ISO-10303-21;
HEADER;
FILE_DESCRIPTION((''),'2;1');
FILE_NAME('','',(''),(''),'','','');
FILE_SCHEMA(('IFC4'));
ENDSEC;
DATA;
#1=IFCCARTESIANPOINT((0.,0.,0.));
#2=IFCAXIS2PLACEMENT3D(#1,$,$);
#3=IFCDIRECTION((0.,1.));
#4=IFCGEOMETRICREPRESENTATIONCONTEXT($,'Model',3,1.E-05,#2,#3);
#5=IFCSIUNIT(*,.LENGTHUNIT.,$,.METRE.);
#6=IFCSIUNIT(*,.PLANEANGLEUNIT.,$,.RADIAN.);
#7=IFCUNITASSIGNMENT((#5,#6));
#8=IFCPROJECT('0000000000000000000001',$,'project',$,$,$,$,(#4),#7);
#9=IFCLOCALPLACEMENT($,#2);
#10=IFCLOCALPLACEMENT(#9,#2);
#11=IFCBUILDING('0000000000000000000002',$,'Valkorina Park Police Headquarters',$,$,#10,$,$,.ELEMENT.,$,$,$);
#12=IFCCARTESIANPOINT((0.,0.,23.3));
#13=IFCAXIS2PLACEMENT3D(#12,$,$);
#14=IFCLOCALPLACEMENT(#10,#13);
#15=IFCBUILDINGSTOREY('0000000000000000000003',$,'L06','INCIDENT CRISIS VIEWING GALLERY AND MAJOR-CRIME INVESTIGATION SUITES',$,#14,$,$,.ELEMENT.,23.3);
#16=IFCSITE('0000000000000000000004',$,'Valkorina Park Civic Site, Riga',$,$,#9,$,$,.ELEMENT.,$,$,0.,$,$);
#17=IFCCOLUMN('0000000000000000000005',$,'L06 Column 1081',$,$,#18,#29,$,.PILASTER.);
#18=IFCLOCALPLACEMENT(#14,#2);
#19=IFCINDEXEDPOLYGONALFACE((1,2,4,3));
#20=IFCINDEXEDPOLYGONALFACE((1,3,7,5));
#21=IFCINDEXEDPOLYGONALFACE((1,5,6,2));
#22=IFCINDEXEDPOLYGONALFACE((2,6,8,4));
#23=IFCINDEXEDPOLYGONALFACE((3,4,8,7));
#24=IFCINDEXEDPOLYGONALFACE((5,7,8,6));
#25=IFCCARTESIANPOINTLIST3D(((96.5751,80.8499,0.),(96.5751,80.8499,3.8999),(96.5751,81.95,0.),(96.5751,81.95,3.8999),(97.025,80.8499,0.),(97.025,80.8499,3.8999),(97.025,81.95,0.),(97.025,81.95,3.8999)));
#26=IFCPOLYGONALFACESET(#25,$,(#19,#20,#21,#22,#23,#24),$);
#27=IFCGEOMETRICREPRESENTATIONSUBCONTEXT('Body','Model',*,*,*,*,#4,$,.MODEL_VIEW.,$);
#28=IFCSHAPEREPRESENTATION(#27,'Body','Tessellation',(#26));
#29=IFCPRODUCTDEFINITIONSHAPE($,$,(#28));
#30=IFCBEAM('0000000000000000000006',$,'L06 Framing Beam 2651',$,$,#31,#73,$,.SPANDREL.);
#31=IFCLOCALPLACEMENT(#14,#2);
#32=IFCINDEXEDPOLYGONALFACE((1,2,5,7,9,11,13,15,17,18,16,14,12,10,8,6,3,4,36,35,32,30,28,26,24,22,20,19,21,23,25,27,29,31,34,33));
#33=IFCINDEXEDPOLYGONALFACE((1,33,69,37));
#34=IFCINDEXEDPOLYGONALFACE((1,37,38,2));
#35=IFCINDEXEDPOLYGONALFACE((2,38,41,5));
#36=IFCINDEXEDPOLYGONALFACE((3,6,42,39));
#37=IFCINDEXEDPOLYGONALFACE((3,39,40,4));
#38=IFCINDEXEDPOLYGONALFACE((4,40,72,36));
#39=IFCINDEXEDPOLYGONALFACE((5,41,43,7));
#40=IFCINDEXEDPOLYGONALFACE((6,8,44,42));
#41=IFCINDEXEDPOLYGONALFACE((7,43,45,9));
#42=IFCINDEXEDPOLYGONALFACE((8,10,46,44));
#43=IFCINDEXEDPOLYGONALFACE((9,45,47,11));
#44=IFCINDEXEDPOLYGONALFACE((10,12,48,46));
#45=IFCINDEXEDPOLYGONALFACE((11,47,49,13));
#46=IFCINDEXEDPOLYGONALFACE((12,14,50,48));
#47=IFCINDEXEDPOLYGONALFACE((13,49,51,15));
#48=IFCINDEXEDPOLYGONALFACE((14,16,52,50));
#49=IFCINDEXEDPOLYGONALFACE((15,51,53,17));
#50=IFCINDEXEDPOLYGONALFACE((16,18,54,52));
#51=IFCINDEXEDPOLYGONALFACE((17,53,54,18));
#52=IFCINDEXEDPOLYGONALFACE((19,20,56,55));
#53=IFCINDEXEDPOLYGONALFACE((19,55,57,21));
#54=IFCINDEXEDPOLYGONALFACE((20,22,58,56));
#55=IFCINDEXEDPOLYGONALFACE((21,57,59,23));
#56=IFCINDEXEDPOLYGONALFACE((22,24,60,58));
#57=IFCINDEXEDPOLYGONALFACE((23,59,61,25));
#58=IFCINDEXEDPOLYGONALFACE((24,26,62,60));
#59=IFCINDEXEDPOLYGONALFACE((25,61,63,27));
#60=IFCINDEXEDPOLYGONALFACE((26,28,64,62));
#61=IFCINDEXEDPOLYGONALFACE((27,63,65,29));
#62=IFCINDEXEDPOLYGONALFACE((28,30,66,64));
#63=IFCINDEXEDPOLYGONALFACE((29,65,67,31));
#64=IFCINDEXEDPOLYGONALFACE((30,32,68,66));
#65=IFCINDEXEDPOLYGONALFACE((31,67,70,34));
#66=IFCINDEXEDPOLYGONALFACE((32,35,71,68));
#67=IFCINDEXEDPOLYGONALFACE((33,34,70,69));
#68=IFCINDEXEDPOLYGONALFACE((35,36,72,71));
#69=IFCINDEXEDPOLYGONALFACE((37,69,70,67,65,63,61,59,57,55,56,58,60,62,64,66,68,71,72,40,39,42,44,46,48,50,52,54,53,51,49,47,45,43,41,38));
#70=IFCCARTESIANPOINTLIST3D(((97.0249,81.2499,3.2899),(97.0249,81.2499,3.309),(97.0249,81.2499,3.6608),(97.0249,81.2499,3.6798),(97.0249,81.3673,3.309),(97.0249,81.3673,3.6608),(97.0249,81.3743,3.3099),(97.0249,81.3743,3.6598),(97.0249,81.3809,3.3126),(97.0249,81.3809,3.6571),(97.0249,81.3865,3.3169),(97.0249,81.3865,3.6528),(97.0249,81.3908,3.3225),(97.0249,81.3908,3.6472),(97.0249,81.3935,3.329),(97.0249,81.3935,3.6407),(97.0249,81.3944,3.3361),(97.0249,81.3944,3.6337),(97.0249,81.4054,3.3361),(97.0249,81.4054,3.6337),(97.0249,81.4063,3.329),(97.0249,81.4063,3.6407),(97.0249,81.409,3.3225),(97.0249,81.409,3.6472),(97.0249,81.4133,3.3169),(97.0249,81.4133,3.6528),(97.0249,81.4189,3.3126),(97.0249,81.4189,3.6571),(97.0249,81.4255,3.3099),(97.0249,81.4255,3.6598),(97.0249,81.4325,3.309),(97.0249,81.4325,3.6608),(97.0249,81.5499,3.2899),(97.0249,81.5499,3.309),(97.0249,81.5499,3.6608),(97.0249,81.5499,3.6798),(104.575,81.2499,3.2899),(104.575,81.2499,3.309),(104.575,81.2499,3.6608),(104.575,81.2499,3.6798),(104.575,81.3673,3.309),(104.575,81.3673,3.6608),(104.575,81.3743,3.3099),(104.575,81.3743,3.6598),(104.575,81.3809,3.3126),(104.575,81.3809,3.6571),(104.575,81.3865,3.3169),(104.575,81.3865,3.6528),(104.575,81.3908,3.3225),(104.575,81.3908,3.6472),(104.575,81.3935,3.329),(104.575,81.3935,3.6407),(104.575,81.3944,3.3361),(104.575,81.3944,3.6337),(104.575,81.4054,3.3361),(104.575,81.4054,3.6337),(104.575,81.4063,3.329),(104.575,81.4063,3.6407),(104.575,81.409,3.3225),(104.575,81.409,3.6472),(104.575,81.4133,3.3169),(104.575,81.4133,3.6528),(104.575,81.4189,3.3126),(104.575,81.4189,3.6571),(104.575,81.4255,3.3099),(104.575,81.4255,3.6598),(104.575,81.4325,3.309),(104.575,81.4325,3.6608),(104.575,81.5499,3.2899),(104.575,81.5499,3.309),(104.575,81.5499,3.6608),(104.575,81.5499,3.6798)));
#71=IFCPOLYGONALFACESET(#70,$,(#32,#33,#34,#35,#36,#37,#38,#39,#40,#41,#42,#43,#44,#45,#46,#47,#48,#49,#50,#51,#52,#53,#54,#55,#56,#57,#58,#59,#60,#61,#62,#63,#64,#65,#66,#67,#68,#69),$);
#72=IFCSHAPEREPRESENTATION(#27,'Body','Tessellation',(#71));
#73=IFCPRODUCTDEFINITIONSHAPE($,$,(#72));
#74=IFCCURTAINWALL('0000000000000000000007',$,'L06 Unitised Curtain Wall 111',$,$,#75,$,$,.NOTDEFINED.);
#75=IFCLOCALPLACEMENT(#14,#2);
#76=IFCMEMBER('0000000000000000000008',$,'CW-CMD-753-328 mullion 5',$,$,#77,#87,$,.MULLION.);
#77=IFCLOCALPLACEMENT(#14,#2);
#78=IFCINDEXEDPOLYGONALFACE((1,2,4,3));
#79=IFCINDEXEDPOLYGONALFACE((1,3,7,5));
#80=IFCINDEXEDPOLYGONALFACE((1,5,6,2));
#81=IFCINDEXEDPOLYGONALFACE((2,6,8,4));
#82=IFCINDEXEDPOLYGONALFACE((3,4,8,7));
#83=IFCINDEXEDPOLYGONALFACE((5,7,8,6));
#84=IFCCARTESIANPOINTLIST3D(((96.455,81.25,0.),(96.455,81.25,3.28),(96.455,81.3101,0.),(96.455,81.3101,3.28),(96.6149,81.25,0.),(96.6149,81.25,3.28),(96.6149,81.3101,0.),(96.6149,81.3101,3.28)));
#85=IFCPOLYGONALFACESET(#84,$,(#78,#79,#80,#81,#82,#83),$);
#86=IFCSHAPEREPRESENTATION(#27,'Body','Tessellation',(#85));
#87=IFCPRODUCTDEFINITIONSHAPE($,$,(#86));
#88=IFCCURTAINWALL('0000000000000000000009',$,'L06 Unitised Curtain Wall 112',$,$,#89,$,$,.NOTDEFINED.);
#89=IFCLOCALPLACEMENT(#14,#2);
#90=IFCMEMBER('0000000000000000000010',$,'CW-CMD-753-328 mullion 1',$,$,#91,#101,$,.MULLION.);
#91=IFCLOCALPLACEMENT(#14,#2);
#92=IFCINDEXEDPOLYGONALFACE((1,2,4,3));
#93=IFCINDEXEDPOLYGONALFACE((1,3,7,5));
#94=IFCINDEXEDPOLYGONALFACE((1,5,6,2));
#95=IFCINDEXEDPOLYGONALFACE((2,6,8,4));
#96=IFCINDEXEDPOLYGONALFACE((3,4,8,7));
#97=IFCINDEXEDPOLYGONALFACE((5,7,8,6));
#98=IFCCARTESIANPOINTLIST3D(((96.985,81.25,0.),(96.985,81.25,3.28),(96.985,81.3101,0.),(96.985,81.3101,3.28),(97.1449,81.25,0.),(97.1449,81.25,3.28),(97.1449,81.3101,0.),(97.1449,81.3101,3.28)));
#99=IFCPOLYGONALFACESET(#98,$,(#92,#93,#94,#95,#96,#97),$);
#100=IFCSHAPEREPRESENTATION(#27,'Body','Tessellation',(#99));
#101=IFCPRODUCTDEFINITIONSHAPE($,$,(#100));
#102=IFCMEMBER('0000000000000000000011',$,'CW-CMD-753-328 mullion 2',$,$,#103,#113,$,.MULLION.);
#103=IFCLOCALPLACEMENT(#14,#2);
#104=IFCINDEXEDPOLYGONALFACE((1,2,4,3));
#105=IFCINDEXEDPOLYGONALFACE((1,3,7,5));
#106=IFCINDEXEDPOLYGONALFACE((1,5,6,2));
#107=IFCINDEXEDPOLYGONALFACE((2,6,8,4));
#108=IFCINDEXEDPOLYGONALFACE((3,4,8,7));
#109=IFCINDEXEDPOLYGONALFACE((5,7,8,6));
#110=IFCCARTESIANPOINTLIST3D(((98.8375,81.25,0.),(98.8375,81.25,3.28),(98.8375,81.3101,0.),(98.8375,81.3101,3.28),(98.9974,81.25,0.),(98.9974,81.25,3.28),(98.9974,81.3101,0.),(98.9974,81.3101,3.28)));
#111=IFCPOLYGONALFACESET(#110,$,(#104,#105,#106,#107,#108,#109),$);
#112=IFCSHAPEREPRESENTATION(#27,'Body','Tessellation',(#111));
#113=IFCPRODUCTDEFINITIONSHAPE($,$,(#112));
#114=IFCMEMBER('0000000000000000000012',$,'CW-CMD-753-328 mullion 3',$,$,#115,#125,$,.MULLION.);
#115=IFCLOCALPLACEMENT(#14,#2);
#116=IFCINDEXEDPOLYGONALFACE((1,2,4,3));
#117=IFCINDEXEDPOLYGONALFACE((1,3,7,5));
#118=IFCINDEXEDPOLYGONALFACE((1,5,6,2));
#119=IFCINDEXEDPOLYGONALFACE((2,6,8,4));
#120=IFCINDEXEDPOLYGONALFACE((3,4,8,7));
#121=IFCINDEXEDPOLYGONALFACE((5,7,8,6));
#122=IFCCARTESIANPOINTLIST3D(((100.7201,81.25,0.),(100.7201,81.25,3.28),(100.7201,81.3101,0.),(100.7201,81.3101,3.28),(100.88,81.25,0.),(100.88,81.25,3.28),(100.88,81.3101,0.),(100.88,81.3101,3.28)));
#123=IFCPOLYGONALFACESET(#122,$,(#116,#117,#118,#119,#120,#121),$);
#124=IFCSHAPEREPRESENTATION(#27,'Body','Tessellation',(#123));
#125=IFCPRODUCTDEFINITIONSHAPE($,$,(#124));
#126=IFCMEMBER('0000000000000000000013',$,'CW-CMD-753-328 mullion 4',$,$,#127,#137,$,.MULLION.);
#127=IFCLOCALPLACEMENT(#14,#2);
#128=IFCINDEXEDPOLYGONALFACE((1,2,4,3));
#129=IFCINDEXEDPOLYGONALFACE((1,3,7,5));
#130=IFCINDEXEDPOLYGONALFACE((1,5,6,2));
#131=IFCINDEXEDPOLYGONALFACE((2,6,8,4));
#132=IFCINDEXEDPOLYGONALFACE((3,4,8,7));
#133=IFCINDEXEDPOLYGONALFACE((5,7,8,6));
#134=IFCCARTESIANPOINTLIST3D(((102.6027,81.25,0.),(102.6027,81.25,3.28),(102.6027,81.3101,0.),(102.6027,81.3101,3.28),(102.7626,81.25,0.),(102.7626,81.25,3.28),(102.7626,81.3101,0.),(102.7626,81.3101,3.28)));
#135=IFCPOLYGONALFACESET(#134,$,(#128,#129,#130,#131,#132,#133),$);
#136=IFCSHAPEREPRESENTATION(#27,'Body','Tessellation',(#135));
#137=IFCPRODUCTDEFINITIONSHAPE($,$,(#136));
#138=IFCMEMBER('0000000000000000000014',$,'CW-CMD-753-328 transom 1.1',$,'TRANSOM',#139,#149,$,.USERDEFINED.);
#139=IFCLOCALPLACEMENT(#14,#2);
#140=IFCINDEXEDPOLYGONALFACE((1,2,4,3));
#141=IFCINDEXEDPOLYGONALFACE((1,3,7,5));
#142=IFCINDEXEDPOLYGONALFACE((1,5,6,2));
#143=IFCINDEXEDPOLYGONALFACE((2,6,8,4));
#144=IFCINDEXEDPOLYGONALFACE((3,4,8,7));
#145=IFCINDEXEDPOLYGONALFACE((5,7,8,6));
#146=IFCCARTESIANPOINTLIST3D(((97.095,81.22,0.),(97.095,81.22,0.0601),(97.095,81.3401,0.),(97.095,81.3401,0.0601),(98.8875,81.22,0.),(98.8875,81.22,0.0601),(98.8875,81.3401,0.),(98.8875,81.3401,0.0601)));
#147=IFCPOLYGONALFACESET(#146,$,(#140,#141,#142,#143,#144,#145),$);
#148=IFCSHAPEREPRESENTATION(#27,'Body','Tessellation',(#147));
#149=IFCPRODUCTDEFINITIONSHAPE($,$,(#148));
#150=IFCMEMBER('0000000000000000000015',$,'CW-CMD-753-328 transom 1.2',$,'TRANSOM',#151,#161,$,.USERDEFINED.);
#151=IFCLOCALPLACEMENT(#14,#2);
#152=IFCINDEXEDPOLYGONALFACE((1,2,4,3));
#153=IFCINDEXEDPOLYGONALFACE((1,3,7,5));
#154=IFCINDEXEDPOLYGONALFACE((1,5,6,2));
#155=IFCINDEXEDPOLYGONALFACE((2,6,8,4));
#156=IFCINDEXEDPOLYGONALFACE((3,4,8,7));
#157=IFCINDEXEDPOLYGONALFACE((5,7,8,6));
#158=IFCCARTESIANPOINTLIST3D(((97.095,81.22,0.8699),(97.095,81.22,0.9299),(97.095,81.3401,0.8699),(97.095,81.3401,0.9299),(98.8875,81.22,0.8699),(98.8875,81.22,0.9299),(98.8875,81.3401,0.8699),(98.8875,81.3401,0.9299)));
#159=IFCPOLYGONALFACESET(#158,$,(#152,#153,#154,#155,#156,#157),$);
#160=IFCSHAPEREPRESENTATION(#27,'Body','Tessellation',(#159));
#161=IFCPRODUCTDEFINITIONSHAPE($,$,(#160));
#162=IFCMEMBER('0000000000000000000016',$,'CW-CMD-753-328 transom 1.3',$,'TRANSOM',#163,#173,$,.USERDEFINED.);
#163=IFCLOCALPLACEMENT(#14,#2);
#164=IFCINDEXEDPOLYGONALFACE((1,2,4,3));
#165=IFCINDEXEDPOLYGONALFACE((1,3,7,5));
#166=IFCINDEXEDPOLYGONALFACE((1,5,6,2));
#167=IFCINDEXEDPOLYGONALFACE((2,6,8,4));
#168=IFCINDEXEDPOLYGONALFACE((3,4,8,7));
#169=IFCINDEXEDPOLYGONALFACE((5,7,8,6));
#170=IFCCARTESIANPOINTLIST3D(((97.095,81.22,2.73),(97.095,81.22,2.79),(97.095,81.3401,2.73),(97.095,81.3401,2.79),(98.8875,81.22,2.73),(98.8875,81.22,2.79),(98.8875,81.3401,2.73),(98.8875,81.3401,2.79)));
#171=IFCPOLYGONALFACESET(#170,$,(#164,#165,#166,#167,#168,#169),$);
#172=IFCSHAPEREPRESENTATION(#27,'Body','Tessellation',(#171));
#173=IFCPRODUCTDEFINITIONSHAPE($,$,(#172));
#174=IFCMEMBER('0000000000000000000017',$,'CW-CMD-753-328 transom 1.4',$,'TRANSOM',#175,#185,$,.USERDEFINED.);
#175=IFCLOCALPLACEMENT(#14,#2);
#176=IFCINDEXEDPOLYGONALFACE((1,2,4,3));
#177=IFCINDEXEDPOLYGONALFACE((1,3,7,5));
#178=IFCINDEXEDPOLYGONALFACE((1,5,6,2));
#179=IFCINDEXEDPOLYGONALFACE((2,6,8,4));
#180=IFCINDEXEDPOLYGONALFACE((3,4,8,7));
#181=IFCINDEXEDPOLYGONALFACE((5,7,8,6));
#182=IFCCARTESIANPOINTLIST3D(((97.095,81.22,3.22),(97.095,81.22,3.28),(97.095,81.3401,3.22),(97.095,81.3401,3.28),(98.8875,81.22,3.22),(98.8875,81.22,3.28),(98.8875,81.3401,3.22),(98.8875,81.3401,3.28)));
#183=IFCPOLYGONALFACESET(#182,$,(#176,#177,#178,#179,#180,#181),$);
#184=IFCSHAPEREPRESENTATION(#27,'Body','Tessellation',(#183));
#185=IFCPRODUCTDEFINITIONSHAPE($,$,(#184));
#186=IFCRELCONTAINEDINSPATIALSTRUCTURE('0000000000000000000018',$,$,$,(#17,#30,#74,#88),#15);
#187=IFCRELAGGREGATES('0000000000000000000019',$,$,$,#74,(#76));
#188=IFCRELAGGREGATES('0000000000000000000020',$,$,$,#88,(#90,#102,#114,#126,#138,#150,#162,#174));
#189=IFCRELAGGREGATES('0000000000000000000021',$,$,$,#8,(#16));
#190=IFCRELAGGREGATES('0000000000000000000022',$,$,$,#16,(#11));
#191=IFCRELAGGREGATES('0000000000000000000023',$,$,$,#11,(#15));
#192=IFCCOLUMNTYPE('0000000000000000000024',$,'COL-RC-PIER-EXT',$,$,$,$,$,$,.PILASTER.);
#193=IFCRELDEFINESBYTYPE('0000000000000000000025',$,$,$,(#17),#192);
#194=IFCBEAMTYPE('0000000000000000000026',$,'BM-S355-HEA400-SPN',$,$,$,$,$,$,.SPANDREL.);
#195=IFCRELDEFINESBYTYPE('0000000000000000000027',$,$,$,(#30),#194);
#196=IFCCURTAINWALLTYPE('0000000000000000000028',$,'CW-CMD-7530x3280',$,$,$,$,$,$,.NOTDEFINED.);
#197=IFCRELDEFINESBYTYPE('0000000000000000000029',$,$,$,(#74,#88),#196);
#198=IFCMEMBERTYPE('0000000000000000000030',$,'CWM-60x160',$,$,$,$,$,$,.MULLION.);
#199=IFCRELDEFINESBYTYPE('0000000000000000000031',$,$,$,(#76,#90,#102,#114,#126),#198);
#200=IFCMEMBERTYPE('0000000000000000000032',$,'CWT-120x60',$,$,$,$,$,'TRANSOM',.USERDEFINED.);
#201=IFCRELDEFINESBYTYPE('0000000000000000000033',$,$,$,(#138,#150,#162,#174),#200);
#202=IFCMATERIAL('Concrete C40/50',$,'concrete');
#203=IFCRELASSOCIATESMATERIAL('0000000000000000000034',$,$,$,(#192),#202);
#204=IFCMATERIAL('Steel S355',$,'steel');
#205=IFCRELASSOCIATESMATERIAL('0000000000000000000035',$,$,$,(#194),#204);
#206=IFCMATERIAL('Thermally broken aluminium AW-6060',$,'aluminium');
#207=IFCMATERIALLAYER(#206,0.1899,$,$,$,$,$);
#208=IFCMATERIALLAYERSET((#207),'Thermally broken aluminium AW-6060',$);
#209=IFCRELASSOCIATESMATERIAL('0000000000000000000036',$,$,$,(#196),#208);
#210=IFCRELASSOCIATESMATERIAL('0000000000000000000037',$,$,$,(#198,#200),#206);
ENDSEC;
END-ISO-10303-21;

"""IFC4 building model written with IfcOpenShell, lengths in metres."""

from ifc_helpers import new_model, si_unit, direction, frame, origin, origin_2d, place, context, subcontext, project, spatial, rectangle, i_section, extrude, material, layer, layer_set, material_profile, profile_set, type_object, element, aggregate, save


model = new_model("IFC4")

# Units and contexts
model_context = context("Model", 3, precision=1e-05, world=origin(), true_north=direction((0.0, 1.0)))
body_context = subcontext(model_context, "Body", "Model", "MODEL_VIEW")
ifc_project = project(units=[si_unit("LENGTHUNIT", "METRE"), si_unit("PLANEANGLEUNIT", "RADIAN")], contexts=[model_context])

# Site, building, storey
site_placement = place(None, origin())
site = spatial("IfcSite", under=ifc_project, at=site_placement, Name="Valkorina Park Civic Site, Riga", CompositionType="ELEMENT", RefElevation=0.0)
building_placement = place(site_placement, origin())
building = spatial("IfcBuilding", under=site, at=building_placement, Name="Valkorina Park Police Headquarters", CompositionType="ELEMENT")
storey_placement = place(building_placement, frame((0.0, 0.0, 23.3)))
storey = spatial("IfcBuildingStorey", under=building, at=storey_placement, Name="L06", Description="INCIDENT CRISIS VIEWING GALLERY AND MAJOR-CRIME INVESTIGATION SUITES", CompositionType="ELEMENT", Elevation=23.3)

# Column
ifc_material_1 = material(Name="Concrete C40/50", Category="concrete")
ifc_material_profile_1 = material_profile(ifc_material_1, rectangle(XDim=0.45, YDim=1.1001, at=origin_2d()), Name="RC PIER 450x1100")
ifc_profile_set_1 = profile_set([ifc_material_profile_1], Name="Concrete C40/50")
column_type = type_object("IfcColumnType", Name="COL-RC-PIER-EXT", PredefinedType="PILASTER", material=ifc_profile_set_1)
column_placement = place(storey_placement, frame((96.8, 81.3999, 0.0), z_axis=(0.0, 0.0, 1.0), x_axis=(1.0, 0.0, 0.0)))
element("IfcColumn", 1, at=column_placement, inside=storey, type_object=column_type, Name="L06 Column 1081", PredefinedType="PILASTER", context=body_context, shape_type="SweptSolid", body=[
    extrude(rectangle(XDim=0.45, YDim=1.1001, at=origin_2d()), origin(), (0.0, 0.0, 1.0), 3.8999),
])

# Beam
ifc_material_2 = material(Name="Steel S355", Category="steel")
ifc_material_profile_2 = material_profile(ifc_material_2, i_section(OverallWidth=0.3, OverallDepth=0.3899, WebThickness=0.011, FlangeThickness=0.019, FilletRadius=0.0271, at=origin_2d()), Name="HEA 400")
ifc_profile_set_2 = profile_set([ifc_material_profile_2], Name="Steel S355")
beam_type = type_object("IfcBeamType", Name="BM-S355-HEA400-SPN", PredefinedType="SPANDREL", material=ifc_profile_set_2)
beam_placement = place(storey_placement, frame((97.0249, 81.3999, 3.4849), z_axis=(1.0, 0.0, 0.0), x_axis=(0.0, 1.0, 0.0)))
element("IfcBeam", 2, at=beam_placement, inside=storey, type_object=beam_type, Name="L06 Framing Beam 2651", PredefinedType="SPANDREL", context=body_context, shape_type="SweptSolid", body=[
    extrude(i_section(OverallWidth=0.3, OverallDepth=0.3899, WebThickness=0.011, FlangeThickness=0.019, FilletRadius=0.0271, at=origin_2d()), origin(), (0.0, 0.0, 1.0), 7.55),
])

# Curtain wall, member
ifc_material_3 = material(Name="Thermally broken aluminium AW-6060", Category="aluminium")
ifc_layer_1 = layer(ifc_material_3, 0.1899)
ifc_layer_set_1 = layer_set([ifc_layer_1], Name="Thermally broken aluminium AW-6060")
curtain_wall_type = type_object("IfcCurtainWallType", Name="CW-CMD-7530x3280", PredefinedType="NOTDEFINED", material=ifc_layer_set_1)
curtain_wall_1_placement = place(storey_placement, origin())
curtain_wall_1 = element("IfcCurtainWall", 3, at=curtain_wall_1_placement, inside=storey, type_object=curtain_wall_type, Name="L06 Unitised Curtain Wall 111", PredefinedType="NOTDEFINED")
ifc_material_profile_3 = material_profile(ifc_material_3, rectangle(XDim=0.0601, YDim=0.1599, at=origin_2d()), Name="CWM-01 60x160")
ifc_profile_set_3 = profile_set([ifc_material_profile_3], Name="Thermally broken aluminium AW-6060")
member_type_1 = type_object("IfcMemberType", Name="CWM-60x160", PredefinedType="MULLION", material=ifc_profile_set_3)
member_1_placement = place(storey_placement, frame((96.5349, 81.28, 0.0), z_axis=(0.0, 0.0, 1.0), x_axis=(0.0, 1.0, 0.0)))
member_1 = element("IfcMember", 4, at=member_1_placement, type_object=member_type_1, Name="CW-CMD-753-328 mullion 5", PredefinedType="MULLION", context=body_context, shape_type="SweptSolid", body=[
    extrude(rectangle(XDim=0.0601, YDim=0.1599, at=origin_2d()), origin(), (0.0, 0.0, 1.0), 3.28),
])

# Curtain wall, members
curtain_wall_2_placement = place(storey_placement, origin())
curtain_wall_2 = element("IfcCurtainWall", 5, at=curtain_wall_2_placement, inside=storey, type_object=curtain_wall_type, Name="L06 Unitised Curtain Wall 112", PredefinedType="NOTDEFINED")
member_2_placement = place(storey_placement, frame((97.0649, 81.28, 0.0), z_axis=(0.0, 0.0, 1.0), x_axis=(0.0, 1.0, 0.0)))
member_2 = element("IfcMember", 6, at=member_2_placement, type_object=member_type_1, Name="CW-CMD-753-328 mullion 1", PredefinedType="MULLION", context=body_context, shape_type="SweptSolid", body=[
    extrude(rectangle(XDim=0.0601, YDim=0.1599, at=origin_2d()), origin(), (0.0, 0.0, 1.0), 3.28),
])
member_3_placement = place(storey_placement, frame((98.9175, 81.28, 0.0), z_axis=(0.0, 0.0, 1.0), x_axis=(0.0, 1.0, 0.0)))
member_3 = element("IfcMember", 7, at=member_3_placement, type_object=member_type_1, Name="CW-CMD-753-328 mullion 2", PredefinedType="MULLION", context=body_context, shape_type="SweptSolid", body=[
    extrude(rectangle(XDim=0.0601, YDim=0.1599, at=origin_2d()), origin(), (0.0, 0.0, 1.0), 3.28),
])
member_4_placement = place(storey_placement, frame((100.8, 81.28, 0.0), z_axis=(0.0, 0.0, 1.0), x_axis=(0.0, 1.0, 0.0)))
member_4 = element("IfcMember", 8, at=member_4_placement, type_object=member_type_1, Name="CW-CMD-753-328 mullion 3", PredefinedType="MULLION", context=body_context, shape_type="SweptSolid", body=[
    extrude(rectangle(XDim=0.0601, YDim=0.1599, at=origin_2d()), origin(), (0.0, 0.0, 1.0), 3.28),
])
member_5_placement = place(storey_placement, frame((102.6826, 81.28, 0.0), z_axis=(0.0, 0.0, 1.0), x_axis=(0.0, 1.0, 0.0)))
member_5 = element("IfcMember", 9, at=member_5_placement, type_object=member_type_1, Name="CW-CMD-753-328 mullion 4", PredefinedType="MULLION", context=body_context, shape_type="SweptSolid", body=[
    extrude(rectangle(XDim=0.0601, YDim=0.1599, at=origin_2d()), origin(), (0.0, 0.0, 1.0), 3.28),
])
ifc_material_profile_4 = material_profile(ifc_material_3, rectangle(XDim=0.1201, YDim=0.0601, at=origin_2d()), Name="CWT-01 120x60")
ifc_profile_set_4 = profile_set([ifc_material_profile_4], Name="Thermally broken aluminium AW-6060")
member_type_2 = type_object("IfcMemberType", Name="CWT-120x60", ElementType="TRANSOM", PredefinedType="USERDEFINED", material=ifc_profile_set_4)
member_6_placement = place(storey_placement, frame((97.095, 81.28, 0.03), z_axis=(1.0, 0.0, 0.0), x_axis=(0.0, 1.0, 0.0)))
member_6 = element("IfcMember", 10, at=member_6_placement, type_object=member_type_2, Name="CW-CMD-753-328 transom 1.1", ObjectType="TRANSOM", PredefinedType="USERDEFINED", context=body_context, shape_type="SweptSolid", body=[
    extrude(rectangle(XDim=0.1201, YDim=0.0601, at=origin_2d()), origin(), (0.0, 0.0, 1.0), 1.7925),
])
member_7_placement = place(storey_placement, frame((97.095, 81.28, 0.8999), z_axis=(1.0, 0.0, 0.0), x_axis=(0.0, 1.0, 0.0)))
member_7 = element("IfcMember", 11, at=member_7_placement, type_object=member_type_2, Name="CW-CMD-753-328 transom 1.2", ObjectType="TRANSOM", PredefinedType="USERDEFINED", context=body_context, shape_type="SweptSolid", body=[
    extrude(rectangle(XDim=0.1201, YDim=0.0601, at=origin_2d()), origin(), (0.0, 0.0, 1.0), 1.7925),
])
member_8_placement = place(storey_placement, frame((97.095, 81.28, 2.76), z_axis=(1.0, 0.0, 0.0), x_axis=(0.0, 1.0, 0.0)))
member_8 = element("IfcMember", 12, at=member_8_placement, type_object=member_type_2, Name="CW-CMD-753-328 transom 1.3", ObjectType="TRANSOM", PredefinedType="USERDEFINED", context=body_context, shape_type="SweptSolid", body=[
    extrude(rectangle(XDim=0.1201, YDim=0.0601, at=origin_2d()), origin(), (0.0, 0.0, 1.0), 1.7925),
])
member_9_placement = place(storey_placement, frame((97.095, 81.28, 3.25), z_axis=(1.0, 0.0, 0.0), x_axis=(0.0, 1.0, 0.0)))
member_9 = element("IfcMember", 13, at=member_9_placement, type_object=member_type_2, Name="CW-CMD-753-328 transom 1.4", ObjectType="TRANSOM", PredefinedType="USERDEFINED", context=body_context, shape_type="SweptSolid", body=[
    extrude(rectangle(XDim=0.1201, YDim=0.0601, at=origin_2d()), origin(), (0.0, 0.0, 1.0), 1.7925),
])

aggregate(curtain_wall_1, [member_1])
aggregate(curtain_wall_2, [member_2, member_3, member_4, member_5, member_6, member_7, member_8, member_9])

save(model, "model.ifc")
